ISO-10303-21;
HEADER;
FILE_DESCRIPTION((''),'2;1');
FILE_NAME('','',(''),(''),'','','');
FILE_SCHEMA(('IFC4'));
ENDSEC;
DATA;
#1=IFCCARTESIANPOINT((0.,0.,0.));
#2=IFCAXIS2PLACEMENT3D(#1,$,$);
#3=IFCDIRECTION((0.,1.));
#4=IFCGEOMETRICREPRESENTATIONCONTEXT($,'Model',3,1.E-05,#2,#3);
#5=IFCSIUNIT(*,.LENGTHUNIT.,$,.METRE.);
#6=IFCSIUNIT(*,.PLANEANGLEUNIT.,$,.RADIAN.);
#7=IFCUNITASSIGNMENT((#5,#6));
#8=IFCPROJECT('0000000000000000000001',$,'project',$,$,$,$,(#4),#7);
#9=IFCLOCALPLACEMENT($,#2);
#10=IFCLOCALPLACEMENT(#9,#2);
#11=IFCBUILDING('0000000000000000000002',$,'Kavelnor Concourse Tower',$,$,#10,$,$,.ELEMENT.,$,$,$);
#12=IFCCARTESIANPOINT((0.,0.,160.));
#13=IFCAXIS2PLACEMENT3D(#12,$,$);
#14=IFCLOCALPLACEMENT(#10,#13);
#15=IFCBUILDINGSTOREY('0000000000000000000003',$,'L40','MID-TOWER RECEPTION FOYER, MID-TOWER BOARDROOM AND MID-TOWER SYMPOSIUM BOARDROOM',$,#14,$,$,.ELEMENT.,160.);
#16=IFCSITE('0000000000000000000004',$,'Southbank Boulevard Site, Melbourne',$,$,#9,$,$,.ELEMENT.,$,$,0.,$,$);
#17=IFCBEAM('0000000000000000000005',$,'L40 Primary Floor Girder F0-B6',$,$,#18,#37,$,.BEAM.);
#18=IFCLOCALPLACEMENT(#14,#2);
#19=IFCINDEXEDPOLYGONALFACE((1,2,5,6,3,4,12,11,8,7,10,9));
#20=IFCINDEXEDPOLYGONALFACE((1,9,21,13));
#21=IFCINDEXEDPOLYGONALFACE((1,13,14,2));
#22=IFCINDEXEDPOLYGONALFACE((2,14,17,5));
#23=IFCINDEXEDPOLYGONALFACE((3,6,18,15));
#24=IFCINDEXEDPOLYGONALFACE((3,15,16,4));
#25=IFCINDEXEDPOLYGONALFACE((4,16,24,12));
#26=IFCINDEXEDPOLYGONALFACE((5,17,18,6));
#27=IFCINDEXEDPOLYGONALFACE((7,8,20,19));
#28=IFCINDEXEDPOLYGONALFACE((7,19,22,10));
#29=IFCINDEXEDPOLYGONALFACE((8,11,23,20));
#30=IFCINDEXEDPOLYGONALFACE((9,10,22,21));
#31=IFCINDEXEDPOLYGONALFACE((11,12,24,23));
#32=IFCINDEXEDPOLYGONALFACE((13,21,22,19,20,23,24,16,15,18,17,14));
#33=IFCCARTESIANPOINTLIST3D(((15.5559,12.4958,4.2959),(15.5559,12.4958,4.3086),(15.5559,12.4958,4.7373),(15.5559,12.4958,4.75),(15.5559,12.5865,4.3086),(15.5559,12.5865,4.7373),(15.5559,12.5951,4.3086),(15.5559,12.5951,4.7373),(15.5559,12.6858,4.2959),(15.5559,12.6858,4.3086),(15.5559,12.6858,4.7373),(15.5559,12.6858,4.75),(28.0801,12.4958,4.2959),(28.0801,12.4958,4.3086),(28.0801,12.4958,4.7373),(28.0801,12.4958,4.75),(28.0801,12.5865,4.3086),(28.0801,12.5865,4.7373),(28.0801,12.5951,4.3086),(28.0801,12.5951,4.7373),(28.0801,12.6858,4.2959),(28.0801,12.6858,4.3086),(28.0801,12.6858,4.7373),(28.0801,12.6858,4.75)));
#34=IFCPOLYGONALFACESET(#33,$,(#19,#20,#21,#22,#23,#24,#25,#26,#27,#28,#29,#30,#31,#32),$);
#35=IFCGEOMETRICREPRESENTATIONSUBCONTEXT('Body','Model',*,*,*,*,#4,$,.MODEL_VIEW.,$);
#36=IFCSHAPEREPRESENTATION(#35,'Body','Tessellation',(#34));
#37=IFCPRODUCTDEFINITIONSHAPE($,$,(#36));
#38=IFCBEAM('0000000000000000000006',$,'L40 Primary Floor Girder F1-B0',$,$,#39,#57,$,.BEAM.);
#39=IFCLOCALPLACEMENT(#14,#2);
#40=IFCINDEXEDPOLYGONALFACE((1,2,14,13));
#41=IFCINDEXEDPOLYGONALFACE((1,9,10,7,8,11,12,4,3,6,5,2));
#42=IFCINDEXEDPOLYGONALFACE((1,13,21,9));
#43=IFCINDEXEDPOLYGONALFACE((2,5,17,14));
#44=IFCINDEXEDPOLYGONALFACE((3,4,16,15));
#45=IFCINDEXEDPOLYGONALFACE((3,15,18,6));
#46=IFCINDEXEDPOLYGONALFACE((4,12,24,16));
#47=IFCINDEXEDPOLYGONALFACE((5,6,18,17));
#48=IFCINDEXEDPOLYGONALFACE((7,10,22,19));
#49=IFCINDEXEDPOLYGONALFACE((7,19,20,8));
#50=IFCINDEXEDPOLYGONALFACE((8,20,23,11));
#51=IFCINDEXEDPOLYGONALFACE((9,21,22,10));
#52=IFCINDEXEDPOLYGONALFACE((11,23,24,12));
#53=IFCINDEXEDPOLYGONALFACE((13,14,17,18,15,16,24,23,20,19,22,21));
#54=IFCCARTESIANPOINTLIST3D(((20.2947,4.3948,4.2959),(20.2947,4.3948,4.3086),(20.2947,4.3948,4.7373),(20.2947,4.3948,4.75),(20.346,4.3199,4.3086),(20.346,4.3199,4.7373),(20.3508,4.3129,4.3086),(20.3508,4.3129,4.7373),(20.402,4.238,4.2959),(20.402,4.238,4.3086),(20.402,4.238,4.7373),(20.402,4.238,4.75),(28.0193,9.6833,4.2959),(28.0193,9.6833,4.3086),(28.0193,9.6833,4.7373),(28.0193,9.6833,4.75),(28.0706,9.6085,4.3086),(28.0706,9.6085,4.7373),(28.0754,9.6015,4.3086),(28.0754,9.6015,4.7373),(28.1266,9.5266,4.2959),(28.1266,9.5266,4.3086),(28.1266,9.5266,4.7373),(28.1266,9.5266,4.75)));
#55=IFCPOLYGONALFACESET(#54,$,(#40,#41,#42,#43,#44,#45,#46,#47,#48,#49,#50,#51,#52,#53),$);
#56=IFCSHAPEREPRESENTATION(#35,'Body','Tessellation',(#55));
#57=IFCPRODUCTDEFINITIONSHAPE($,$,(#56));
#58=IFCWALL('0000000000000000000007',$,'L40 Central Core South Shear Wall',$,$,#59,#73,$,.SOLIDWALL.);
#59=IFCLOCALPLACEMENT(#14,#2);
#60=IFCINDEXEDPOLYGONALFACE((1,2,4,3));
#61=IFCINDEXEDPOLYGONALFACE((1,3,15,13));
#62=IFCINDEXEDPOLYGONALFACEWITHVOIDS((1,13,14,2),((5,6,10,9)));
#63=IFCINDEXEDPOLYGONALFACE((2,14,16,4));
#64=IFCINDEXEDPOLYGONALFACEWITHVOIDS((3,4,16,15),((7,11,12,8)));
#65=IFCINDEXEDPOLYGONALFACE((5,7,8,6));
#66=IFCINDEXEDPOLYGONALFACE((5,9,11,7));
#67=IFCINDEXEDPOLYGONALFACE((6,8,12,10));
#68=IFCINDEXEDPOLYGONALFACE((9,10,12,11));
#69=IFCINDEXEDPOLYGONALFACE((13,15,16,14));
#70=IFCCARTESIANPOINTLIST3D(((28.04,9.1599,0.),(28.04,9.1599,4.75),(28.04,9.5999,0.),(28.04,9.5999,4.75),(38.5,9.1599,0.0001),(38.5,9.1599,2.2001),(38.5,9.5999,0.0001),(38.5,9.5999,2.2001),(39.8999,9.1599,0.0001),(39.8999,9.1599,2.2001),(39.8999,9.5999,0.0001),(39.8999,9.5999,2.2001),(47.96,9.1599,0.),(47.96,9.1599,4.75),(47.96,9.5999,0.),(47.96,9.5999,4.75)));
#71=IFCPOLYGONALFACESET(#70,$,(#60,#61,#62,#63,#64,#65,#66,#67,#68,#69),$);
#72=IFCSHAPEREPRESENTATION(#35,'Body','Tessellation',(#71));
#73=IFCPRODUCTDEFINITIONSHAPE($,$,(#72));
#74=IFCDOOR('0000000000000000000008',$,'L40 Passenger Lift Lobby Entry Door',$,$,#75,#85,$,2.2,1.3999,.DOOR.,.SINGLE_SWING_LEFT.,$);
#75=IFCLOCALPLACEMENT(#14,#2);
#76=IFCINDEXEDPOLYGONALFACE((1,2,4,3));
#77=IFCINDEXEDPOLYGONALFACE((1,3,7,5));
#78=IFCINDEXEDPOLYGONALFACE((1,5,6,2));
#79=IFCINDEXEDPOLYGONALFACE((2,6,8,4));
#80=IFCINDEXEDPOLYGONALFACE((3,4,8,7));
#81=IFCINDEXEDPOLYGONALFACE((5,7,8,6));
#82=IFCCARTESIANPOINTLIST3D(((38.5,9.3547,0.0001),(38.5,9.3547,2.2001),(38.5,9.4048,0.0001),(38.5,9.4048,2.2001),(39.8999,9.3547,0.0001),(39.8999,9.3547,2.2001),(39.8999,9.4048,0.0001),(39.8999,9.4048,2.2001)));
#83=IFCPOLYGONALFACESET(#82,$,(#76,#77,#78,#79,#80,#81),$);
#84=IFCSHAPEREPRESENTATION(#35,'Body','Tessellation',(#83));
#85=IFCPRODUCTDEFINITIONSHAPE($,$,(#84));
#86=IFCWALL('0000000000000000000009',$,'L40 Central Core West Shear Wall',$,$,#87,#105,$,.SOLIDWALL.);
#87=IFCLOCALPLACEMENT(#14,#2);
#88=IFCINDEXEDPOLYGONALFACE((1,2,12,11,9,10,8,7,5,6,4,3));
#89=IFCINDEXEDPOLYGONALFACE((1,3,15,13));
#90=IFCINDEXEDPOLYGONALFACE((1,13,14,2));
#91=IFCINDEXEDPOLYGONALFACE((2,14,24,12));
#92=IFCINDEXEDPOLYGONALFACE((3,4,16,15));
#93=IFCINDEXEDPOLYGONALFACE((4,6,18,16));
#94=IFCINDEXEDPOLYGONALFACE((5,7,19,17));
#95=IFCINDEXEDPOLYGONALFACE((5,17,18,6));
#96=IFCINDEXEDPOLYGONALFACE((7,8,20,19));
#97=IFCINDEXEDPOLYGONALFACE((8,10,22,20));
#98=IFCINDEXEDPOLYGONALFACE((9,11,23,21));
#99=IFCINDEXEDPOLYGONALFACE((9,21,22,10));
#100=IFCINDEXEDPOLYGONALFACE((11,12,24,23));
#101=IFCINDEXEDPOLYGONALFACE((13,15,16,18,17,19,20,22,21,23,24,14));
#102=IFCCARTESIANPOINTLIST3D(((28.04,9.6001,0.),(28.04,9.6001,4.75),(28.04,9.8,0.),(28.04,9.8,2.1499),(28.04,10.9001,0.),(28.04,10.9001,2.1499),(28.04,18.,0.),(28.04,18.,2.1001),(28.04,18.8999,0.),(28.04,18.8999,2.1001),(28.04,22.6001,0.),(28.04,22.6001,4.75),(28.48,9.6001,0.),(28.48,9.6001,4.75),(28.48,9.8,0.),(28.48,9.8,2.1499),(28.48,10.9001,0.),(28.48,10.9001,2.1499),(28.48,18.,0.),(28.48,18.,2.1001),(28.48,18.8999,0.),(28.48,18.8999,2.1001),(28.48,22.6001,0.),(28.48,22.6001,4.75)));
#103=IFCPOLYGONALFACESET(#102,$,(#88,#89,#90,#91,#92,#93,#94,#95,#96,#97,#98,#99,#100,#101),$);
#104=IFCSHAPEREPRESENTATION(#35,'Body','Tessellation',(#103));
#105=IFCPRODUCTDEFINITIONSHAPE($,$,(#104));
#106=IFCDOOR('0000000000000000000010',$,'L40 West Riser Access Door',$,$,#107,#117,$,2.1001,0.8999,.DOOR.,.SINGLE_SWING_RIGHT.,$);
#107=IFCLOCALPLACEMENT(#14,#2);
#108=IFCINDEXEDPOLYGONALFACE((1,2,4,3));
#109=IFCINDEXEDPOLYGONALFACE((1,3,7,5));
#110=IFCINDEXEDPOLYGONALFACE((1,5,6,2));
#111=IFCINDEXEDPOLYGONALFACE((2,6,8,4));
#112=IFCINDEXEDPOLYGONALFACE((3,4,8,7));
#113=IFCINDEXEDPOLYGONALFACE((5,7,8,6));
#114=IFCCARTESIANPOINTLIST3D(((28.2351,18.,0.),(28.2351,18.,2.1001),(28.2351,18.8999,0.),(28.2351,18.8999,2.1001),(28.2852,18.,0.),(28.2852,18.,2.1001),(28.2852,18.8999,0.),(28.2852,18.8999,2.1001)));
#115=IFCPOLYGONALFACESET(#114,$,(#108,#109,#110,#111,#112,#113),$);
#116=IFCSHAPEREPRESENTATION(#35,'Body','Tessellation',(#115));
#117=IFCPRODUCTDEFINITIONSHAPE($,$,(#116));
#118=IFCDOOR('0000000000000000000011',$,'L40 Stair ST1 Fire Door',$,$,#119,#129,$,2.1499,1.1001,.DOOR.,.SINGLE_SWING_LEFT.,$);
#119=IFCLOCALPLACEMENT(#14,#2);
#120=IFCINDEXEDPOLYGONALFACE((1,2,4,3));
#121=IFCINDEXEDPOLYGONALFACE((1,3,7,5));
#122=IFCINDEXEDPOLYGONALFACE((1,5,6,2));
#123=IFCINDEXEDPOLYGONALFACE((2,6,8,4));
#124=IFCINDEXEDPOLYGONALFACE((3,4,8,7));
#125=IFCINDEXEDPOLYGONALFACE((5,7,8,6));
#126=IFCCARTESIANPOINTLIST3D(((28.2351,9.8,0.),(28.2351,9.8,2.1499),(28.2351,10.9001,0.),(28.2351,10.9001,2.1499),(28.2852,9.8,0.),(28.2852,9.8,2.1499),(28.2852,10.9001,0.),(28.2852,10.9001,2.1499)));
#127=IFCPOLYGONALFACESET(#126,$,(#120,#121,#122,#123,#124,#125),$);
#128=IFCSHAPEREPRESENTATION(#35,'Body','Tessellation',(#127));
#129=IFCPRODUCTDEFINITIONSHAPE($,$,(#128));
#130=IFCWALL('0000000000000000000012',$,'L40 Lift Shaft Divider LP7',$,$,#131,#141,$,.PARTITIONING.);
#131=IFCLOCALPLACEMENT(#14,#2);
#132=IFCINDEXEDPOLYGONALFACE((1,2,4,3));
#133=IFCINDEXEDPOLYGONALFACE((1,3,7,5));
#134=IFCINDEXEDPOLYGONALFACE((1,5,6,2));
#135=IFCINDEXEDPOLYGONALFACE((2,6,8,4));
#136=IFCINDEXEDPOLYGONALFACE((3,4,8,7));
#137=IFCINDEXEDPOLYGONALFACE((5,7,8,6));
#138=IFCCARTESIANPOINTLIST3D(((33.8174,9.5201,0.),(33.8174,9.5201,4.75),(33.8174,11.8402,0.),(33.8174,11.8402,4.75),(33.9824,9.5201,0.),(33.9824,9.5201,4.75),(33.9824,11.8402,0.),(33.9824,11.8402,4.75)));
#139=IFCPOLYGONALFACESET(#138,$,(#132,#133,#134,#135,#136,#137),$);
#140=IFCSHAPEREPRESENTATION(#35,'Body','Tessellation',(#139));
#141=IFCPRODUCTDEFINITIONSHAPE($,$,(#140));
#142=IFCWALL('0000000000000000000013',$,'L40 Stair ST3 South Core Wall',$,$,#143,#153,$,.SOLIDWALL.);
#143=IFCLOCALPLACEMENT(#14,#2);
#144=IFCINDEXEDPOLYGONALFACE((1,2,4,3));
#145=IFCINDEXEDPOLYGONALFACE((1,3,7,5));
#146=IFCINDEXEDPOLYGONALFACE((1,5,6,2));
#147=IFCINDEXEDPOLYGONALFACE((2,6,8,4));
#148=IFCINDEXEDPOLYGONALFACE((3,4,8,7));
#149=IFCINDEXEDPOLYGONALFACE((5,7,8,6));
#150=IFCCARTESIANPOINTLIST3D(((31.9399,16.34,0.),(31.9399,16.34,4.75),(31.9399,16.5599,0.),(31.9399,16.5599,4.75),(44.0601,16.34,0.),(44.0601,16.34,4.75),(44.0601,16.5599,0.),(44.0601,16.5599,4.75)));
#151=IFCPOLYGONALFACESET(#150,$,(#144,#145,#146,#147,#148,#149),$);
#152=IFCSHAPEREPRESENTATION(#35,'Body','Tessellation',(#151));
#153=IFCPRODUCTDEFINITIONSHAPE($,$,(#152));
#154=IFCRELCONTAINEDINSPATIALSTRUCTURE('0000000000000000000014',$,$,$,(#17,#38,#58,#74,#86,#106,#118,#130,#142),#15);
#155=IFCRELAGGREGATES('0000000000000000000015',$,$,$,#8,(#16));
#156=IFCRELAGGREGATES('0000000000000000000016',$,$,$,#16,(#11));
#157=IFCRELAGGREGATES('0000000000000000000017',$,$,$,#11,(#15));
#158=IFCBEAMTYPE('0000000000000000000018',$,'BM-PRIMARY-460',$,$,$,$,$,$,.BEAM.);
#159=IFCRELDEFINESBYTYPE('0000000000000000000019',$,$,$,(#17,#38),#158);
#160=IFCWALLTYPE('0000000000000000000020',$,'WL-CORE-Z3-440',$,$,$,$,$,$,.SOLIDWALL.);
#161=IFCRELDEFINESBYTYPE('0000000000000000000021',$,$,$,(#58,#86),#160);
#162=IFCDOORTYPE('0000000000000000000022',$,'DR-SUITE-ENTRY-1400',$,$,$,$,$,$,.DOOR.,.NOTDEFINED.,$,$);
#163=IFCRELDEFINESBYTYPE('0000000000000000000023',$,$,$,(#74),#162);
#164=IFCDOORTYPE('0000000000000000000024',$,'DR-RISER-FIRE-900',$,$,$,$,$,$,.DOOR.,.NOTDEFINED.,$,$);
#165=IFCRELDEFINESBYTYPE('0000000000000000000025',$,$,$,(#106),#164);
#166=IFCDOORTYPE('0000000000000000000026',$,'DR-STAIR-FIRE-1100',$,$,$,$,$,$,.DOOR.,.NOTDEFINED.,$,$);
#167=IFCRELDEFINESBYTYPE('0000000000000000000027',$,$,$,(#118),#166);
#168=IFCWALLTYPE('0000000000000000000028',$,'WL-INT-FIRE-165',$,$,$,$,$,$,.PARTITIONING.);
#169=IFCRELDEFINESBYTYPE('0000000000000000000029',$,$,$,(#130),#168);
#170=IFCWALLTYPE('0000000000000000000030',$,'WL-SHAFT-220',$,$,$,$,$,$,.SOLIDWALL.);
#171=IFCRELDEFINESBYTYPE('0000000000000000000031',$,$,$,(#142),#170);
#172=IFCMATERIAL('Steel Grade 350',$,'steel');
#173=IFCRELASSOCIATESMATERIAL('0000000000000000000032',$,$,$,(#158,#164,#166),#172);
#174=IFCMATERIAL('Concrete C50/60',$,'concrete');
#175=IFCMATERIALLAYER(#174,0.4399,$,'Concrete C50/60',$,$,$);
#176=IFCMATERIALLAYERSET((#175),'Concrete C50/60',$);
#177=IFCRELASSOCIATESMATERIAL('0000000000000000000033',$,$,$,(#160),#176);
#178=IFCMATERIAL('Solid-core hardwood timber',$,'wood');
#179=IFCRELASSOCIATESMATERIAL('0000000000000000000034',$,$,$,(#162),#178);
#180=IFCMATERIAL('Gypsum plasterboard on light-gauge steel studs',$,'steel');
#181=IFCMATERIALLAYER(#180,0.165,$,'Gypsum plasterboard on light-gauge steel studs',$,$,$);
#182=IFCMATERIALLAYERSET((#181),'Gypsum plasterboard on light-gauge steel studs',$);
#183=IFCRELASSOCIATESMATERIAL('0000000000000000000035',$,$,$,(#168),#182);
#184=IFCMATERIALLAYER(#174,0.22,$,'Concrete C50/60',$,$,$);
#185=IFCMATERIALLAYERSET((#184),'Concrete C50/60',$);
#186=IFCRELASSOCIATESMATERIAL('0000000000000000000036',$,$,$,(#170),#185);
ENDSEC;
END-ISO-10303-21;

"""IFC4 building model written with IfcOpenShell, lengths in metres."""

from ifc_helpers import new_model, si_unit, direction, frame, frame_2d, origin, origin_2d, place, context, subcontext, project, spatial, rectangle, i_section, extrude, material, layer, layer_set, material_profile, profile_set, type_object, element, fill, save


model = new_model("IFC4")

# Units and contexts
model_context = context("Model", 3, precision=1e-05, world=origin(), true_north=direction((0.0, 1.0)))
body_context = subcontext(model_context, "Body", "Model", "MODEL_VIEW")
ifc_project = project(units=[si_unit("LENGTHUNIT", "METRE"), si_unit("PLANEANGLEUNIT", "RADIAN")], contexts=[model_context])

# Site, building, storey
site_placement = place(None, origin())
site = spatial("IfcSite", under=ifc_project, at=site_placement, Name="Southbank Boulevard Site, Melbourne", CompositionType="ELEMENT", RefElevation=0.0)
building_placement = place(site_placement, origin())
building = spatial("IfcBuilding", under=site, at=building_placement, Name="Kavelnor Concourse Tower", CompositionType="ELEMENT")
storey_placement = place(building_placement, frame((0.0, 0.0, 160.0)))
storey = spatial("IfcBuildingStorey", under=building, at=storey_placement, Name="L40", Description="MID-TOWER RECEPTION FOYER, MID-TOWER BOARDROOM AND MID-TOWER SYMPOSIUM BOARDROOM", CompositionType="ELEMENT", Elevation=160.0)

# Beams
ifc_material_1 = material(Name="Steel Grade 350", Category="steel")
ifc_material_profile = material_profile(ifc_material_1, i_section(OverallWidth=0.1899, OverallDepth=0.4541, WebThickness=0.0085, FlangeThickness=0.0127, at=origin_2d()), Name="460UB67")
ifc_profile_set = profile_set([ifc_material_profile], Name="Steel Grade 350")
beam_type = type_object("IfcBeamType", Name="BM-PRIMARY-460", PredefinedType="BEAM", material=ifc_profile_set)
beam_1_placement = place(storey_placement, frame((28.0801, 12.5908, 4.5229), z_axis=(-1.0, 0.0, 0.0), x_axis=(0.0, -1.0, 0.0)))
element("IfcBeam", 1, at=beam_1_placement, inside=storey, type_object=beam_type, Name="L40 Primary Floor Girder F0-B6", PredefinedType="BEAM", context=body_context, shape_type="SweptSolid", body=[
    extrude(i_section(OverallWidth=0.1899, OverallDepth=0.4541, WebThickness=0.0085, FlangeThickness=0.0127, at=origin_2d()), origin(), (0.0, 0.0, 1.0), 12.5242),
])
beam_2_placement = place(storey_placement, frame((28.073, 9.605, 4.5229), z_axis=(-0.825142, -0.564925, 0.0), x_axis=(0.564925, -0.825142, 0.0)))
element("IfcBeam", 2, at=beam_2_placement, inside=storey, type_object=beam_type, Name="L40 Primary Floor Girder F1-B0", PredefinedType="BEAM", context=body_context, shape_type="SweptSolid", body=[
    extrude(i_section(OverallWidth=0.1899, OverallDepth=0.4541, WebThickness=0.0085, FlangeThickness=0.0127, at=origin_2d()), origin(), (0.0, 0.0, 1.0), 9.3616),
])

# Wall, opening, door
ifc_material_2 = material(Name="Concrete C50/60", Category="concrete")
ifc_layer_1 = layer(ifc_material_2, 0.4399, Name="Concrete C50/60")
ifc_layer_set_1 = layer_set([ifc_layer_1], Name="Concrete C50/60")
wall_type_1 = type_object("IfcWallType", Name="WL-CORE-Z3-440", PredefinedType="SOLIDWALL", material=ifc_layer_set_1)
wall_1_placement = place(storey_placement, frame((28.04, 9.3799, 0.0), z_axis=(0.0, 0.0, 1.0), x_axis=(1.0, 0.0, 0.0)))
wall_1 = element("IfcWall", 3, at=wall_1_placement, inside=storey, type_object=wall_type_1, Name="L40 Central Core South Shear Wall", PredefinedType="SOLIDWALL", context=body_context, shape_type="SweptSolid", body=[
    extrude(rectangle(XDim=19.9199, YDim=0.4399, at=frame_2d((9.96, 0.0))), origin(), (0.0, 0.0, 1.0), 4.75),
])
opening_1_placement = place(wall_1_placement, frame((10.46, 0.0, 0.0)))
opening_1 = element("IfcOpeningElement", 4, at=opening_1_placement, cuts=wall_1, PredefinedType="OPENING", context=body_context, shape_type="SweptSolid", body=[
    extrude(rectangle(XDim=1.3999, YDim=2.2, at=frame_2d((0.7, 1.1001))), frame((0.0, 0.23, 0.0), z_axis=(0.0, -1.0, 0.0), x_axis=(1.0, 0.0, 0.0)), (0.0, 0.0, 1.0), 0.46),
])
ifc_material_3 = material(Name="Solid-core hardwood timber", Category="wood")
door_type_1 = type_object("IfcDoorType", Name="DR-SUITE-ENTRY-1400", OperationType="NOTDEFINED", PredefinedType="DOOR", material=ifc_material_3)
door_1_placement = place(opening_1_placement, origin())
door_1 = element("IfcDoor", 5, at=door_1_placement, inside=storey, type_object=door_type_1, Name="L40 Passenger Lift Lobby Entry Door", OperationType="SINGLE_SWING_LEFT", OverallHeight=2.2, OverallWidth=1.3999, PredefinedType="DOOR", context=body_context, shape_type="SweptSolid", body=[
    extrude(rectangle(XDim=1.3999, YDim=2.2, at=frame_2d((0.7, 1.1001))), frame((0.0, 0.0249, 0.0), z_axis=(0.0, -1.0, 0.0), x_axis=(1.0, 0.0, 0.0)), (0.0, 0.0, 1.0), 0.05),
])
fill(opening_1, door_1)

# Wall, openings, doors
wall_2_placement = place(storey_placement, frame((28.26, 9.6001, 0.0), z_axis=(0.0, 0.0, 1.0), x_axis=(0.0, 1.0, 0.0)))
wall_2 = element("IfcWall", 6, at=wall_2_placement, inside=storey, type_object=wall_type_1, Name="L40 Central Core West Shear Wall", PredefinedType="SOLIDWALL", context=body_context, shape_type="SweptSolid", body=[
    extrude(rectangle(XDim=13.0, YDim=0.4399, at=frame_2d((6.5, 0.0))), origin(), (0.0, 0.0, 1.0), 4.75),
])
opening_2_placement = place(wall_2_placement, frame((0.2, 0.0, 0.0)))
opening_2 = element("IfcOpeningElement", 7, at=opening_2_placement, cuts=wall_2, PredefinedType="OPENING", context=body_context, shape_type="SweptSolid", body=[
    extrude(rectangle(XDim=1.1001, YDim=2.1499, at=frame_2d((0.55, 1.075))), frame((0.0, 0.23, 0.0), z_axis=(0.0, -1.0, 0.0), x_axis=(1.0, 0.0, 0.0)), (0.0, 0.0, 1.0), 0.46),
])
opening_3_placement = place(wall_2_placement, frame((8.3999, 0.0, 0.0)))
opening_3 = element("IfcOpeningElement", 8, at=opening_3_placement, cuts=wall_2, PredefinedType="OPENING", context=body_context, shape_type="SweptSolid", body=[
    extrude(rectangle(XDim=0.8999, YDim=2.1001, at=frame_2d((0.45, 1.05))), frame((0.0, 0.23, 0.0), z_axis=(0.0, -1.0, 0.0), x_axis=(1.0, 0.0, 0.0)), (0.0, 0.0, 1.0), 0.46),
])
door_type_2 = type_object("IfcDoorType", Name="DR-RISER-FIRE-900", OperationType="NOTDEFINED", PredefinedType="DOOR", material=ifc_material_1)
door_2_placement = place(opening_3_placement, origin())
door_2 = element("IfcDoor", 9, at=door_2_placement, inside=storey, type_object=door_type_2, Name="L40 West Riser Access Door", OperationType="SINGLE_SWING_RIGHT", OverallHeight=2.1001, OverallWidth=0.8999, PredefinedType="DOOR", context=body_context, shape_type="SweptSolid", body=[
    extrude(rectangle(XDim=0.8999, YDim=2.1001, at=frame_2d((0.45, 1.05))), frame((0.0, 0.0249, 0.0), z_axis=(0.0, -1.0, 0.0), x_axis=(1.0, 0.0, 0.0)), (0.0, 0.0, 1.0), 0.05),
])
fill(opening_3, door_2)
door_type_3 = type_object("IfcDoorType", Name="DR-STAIR-FIRE-1100", OperationType="NOTDEFINED", PredefinedType="DOOR", material=ifc_material_1)
door_3_placement = place(opening_2_placement, origin())
door_3 = element("IfcDoor", 10, at=door_3_placement, inside=storey, type_object=door_type_3, Name="L40 Stair ST1 Fire Door", OperationType="SINGLE_SWING_LEFT", OverallHeight=2.1499, OverallWidth=1.1001, PredefinedType="DOOR", context=body_context, shape_type="SweptSolid", body=[
    extrude(rectangle(XDim=1.1001, YDim=2.1499, at=frame_2d((0.55, 1.075))), frame((0.0, 0.0249, 0.0), z_axis=(0.0, -1.0, 0.0), x_axis=(1.0, 0.0, 0.0)), (0.0, 0.0, 1.0), 0.05),
])
fill(opening_2, door_3)

# Walls
ifc_material_4 = material(Name="Gypsum plasterboard on light-gauge steel studs", Category="steel")
ifc_layer_2 = layer(ifc_material_4, 0.165, Name="Gypsum plasterboard on light-gauge steel studs")
ifc_layer_set_2 = layer_set([ifc_layer_2], Name="Gypsum plasterboard on light-gauge steel studs")
wall_type_2 = type_object("IfcWallType", Name="WL-INT-FIRE-165", PredefinedType="PARTITIONING", material=ifc_layer_set_2)
wall_3_placement = place(storey_placement, frame((33.8999, 9.52, 0.0), z_axis=(0.0, 0.0, 1.0), x_axis=(0.0, 1.0, 0.0)))
element("IfcWall", 11, at=wall_3_placement, inside=storey, type_object=wall_type_2, Name="L40 Lift Shaft Divider LP7", PredefinedType="PARTITIONING", context=body_context, shape_type="SweptSolid", body=[
    extrude(rectangle(XDim=2.3201, YDim=0.165, at=frame_2d((1.1602, 0.0))), origin(), (0.0, 0.0, 1.0), 4.75),
])
ifc_layer_3 = layer(ifc_material_2, 0.22, Name="Concrete C50/60")
ifc_layer_set_3 = layer_set([ifc_layer_3], Name="Concrete C50/60")
wall_type_3 = type_object("IfcWallType", Name="WL-SHAFT-220", PredefinedType="SOLIDWALL", material=ifc_layer_set_3)
wall_4_placement = place(storey_placement, frame((31.9399, 16.45, 0.0), z_axis=(0.0, 0.0, 1.0), x_axis=(1.0, 0.0, 0.0)))
element("IfcWall", 12, at=wall_4_placement, inside=storey, type_object=wall_type_3, Name="L40 Stair ST3 South Core Wall", PredefinedType="SOLIDWALL", context=body_context, shape_type="SweptSolid", body=[
    extrude(rectangle(XDim=12.1201, YDim=0.22, at=frame_2d((6.0601, 0.0))), origin(), (0.0, 0.0, 1.0), 4.75),
])

save(model, "model.ifc")
